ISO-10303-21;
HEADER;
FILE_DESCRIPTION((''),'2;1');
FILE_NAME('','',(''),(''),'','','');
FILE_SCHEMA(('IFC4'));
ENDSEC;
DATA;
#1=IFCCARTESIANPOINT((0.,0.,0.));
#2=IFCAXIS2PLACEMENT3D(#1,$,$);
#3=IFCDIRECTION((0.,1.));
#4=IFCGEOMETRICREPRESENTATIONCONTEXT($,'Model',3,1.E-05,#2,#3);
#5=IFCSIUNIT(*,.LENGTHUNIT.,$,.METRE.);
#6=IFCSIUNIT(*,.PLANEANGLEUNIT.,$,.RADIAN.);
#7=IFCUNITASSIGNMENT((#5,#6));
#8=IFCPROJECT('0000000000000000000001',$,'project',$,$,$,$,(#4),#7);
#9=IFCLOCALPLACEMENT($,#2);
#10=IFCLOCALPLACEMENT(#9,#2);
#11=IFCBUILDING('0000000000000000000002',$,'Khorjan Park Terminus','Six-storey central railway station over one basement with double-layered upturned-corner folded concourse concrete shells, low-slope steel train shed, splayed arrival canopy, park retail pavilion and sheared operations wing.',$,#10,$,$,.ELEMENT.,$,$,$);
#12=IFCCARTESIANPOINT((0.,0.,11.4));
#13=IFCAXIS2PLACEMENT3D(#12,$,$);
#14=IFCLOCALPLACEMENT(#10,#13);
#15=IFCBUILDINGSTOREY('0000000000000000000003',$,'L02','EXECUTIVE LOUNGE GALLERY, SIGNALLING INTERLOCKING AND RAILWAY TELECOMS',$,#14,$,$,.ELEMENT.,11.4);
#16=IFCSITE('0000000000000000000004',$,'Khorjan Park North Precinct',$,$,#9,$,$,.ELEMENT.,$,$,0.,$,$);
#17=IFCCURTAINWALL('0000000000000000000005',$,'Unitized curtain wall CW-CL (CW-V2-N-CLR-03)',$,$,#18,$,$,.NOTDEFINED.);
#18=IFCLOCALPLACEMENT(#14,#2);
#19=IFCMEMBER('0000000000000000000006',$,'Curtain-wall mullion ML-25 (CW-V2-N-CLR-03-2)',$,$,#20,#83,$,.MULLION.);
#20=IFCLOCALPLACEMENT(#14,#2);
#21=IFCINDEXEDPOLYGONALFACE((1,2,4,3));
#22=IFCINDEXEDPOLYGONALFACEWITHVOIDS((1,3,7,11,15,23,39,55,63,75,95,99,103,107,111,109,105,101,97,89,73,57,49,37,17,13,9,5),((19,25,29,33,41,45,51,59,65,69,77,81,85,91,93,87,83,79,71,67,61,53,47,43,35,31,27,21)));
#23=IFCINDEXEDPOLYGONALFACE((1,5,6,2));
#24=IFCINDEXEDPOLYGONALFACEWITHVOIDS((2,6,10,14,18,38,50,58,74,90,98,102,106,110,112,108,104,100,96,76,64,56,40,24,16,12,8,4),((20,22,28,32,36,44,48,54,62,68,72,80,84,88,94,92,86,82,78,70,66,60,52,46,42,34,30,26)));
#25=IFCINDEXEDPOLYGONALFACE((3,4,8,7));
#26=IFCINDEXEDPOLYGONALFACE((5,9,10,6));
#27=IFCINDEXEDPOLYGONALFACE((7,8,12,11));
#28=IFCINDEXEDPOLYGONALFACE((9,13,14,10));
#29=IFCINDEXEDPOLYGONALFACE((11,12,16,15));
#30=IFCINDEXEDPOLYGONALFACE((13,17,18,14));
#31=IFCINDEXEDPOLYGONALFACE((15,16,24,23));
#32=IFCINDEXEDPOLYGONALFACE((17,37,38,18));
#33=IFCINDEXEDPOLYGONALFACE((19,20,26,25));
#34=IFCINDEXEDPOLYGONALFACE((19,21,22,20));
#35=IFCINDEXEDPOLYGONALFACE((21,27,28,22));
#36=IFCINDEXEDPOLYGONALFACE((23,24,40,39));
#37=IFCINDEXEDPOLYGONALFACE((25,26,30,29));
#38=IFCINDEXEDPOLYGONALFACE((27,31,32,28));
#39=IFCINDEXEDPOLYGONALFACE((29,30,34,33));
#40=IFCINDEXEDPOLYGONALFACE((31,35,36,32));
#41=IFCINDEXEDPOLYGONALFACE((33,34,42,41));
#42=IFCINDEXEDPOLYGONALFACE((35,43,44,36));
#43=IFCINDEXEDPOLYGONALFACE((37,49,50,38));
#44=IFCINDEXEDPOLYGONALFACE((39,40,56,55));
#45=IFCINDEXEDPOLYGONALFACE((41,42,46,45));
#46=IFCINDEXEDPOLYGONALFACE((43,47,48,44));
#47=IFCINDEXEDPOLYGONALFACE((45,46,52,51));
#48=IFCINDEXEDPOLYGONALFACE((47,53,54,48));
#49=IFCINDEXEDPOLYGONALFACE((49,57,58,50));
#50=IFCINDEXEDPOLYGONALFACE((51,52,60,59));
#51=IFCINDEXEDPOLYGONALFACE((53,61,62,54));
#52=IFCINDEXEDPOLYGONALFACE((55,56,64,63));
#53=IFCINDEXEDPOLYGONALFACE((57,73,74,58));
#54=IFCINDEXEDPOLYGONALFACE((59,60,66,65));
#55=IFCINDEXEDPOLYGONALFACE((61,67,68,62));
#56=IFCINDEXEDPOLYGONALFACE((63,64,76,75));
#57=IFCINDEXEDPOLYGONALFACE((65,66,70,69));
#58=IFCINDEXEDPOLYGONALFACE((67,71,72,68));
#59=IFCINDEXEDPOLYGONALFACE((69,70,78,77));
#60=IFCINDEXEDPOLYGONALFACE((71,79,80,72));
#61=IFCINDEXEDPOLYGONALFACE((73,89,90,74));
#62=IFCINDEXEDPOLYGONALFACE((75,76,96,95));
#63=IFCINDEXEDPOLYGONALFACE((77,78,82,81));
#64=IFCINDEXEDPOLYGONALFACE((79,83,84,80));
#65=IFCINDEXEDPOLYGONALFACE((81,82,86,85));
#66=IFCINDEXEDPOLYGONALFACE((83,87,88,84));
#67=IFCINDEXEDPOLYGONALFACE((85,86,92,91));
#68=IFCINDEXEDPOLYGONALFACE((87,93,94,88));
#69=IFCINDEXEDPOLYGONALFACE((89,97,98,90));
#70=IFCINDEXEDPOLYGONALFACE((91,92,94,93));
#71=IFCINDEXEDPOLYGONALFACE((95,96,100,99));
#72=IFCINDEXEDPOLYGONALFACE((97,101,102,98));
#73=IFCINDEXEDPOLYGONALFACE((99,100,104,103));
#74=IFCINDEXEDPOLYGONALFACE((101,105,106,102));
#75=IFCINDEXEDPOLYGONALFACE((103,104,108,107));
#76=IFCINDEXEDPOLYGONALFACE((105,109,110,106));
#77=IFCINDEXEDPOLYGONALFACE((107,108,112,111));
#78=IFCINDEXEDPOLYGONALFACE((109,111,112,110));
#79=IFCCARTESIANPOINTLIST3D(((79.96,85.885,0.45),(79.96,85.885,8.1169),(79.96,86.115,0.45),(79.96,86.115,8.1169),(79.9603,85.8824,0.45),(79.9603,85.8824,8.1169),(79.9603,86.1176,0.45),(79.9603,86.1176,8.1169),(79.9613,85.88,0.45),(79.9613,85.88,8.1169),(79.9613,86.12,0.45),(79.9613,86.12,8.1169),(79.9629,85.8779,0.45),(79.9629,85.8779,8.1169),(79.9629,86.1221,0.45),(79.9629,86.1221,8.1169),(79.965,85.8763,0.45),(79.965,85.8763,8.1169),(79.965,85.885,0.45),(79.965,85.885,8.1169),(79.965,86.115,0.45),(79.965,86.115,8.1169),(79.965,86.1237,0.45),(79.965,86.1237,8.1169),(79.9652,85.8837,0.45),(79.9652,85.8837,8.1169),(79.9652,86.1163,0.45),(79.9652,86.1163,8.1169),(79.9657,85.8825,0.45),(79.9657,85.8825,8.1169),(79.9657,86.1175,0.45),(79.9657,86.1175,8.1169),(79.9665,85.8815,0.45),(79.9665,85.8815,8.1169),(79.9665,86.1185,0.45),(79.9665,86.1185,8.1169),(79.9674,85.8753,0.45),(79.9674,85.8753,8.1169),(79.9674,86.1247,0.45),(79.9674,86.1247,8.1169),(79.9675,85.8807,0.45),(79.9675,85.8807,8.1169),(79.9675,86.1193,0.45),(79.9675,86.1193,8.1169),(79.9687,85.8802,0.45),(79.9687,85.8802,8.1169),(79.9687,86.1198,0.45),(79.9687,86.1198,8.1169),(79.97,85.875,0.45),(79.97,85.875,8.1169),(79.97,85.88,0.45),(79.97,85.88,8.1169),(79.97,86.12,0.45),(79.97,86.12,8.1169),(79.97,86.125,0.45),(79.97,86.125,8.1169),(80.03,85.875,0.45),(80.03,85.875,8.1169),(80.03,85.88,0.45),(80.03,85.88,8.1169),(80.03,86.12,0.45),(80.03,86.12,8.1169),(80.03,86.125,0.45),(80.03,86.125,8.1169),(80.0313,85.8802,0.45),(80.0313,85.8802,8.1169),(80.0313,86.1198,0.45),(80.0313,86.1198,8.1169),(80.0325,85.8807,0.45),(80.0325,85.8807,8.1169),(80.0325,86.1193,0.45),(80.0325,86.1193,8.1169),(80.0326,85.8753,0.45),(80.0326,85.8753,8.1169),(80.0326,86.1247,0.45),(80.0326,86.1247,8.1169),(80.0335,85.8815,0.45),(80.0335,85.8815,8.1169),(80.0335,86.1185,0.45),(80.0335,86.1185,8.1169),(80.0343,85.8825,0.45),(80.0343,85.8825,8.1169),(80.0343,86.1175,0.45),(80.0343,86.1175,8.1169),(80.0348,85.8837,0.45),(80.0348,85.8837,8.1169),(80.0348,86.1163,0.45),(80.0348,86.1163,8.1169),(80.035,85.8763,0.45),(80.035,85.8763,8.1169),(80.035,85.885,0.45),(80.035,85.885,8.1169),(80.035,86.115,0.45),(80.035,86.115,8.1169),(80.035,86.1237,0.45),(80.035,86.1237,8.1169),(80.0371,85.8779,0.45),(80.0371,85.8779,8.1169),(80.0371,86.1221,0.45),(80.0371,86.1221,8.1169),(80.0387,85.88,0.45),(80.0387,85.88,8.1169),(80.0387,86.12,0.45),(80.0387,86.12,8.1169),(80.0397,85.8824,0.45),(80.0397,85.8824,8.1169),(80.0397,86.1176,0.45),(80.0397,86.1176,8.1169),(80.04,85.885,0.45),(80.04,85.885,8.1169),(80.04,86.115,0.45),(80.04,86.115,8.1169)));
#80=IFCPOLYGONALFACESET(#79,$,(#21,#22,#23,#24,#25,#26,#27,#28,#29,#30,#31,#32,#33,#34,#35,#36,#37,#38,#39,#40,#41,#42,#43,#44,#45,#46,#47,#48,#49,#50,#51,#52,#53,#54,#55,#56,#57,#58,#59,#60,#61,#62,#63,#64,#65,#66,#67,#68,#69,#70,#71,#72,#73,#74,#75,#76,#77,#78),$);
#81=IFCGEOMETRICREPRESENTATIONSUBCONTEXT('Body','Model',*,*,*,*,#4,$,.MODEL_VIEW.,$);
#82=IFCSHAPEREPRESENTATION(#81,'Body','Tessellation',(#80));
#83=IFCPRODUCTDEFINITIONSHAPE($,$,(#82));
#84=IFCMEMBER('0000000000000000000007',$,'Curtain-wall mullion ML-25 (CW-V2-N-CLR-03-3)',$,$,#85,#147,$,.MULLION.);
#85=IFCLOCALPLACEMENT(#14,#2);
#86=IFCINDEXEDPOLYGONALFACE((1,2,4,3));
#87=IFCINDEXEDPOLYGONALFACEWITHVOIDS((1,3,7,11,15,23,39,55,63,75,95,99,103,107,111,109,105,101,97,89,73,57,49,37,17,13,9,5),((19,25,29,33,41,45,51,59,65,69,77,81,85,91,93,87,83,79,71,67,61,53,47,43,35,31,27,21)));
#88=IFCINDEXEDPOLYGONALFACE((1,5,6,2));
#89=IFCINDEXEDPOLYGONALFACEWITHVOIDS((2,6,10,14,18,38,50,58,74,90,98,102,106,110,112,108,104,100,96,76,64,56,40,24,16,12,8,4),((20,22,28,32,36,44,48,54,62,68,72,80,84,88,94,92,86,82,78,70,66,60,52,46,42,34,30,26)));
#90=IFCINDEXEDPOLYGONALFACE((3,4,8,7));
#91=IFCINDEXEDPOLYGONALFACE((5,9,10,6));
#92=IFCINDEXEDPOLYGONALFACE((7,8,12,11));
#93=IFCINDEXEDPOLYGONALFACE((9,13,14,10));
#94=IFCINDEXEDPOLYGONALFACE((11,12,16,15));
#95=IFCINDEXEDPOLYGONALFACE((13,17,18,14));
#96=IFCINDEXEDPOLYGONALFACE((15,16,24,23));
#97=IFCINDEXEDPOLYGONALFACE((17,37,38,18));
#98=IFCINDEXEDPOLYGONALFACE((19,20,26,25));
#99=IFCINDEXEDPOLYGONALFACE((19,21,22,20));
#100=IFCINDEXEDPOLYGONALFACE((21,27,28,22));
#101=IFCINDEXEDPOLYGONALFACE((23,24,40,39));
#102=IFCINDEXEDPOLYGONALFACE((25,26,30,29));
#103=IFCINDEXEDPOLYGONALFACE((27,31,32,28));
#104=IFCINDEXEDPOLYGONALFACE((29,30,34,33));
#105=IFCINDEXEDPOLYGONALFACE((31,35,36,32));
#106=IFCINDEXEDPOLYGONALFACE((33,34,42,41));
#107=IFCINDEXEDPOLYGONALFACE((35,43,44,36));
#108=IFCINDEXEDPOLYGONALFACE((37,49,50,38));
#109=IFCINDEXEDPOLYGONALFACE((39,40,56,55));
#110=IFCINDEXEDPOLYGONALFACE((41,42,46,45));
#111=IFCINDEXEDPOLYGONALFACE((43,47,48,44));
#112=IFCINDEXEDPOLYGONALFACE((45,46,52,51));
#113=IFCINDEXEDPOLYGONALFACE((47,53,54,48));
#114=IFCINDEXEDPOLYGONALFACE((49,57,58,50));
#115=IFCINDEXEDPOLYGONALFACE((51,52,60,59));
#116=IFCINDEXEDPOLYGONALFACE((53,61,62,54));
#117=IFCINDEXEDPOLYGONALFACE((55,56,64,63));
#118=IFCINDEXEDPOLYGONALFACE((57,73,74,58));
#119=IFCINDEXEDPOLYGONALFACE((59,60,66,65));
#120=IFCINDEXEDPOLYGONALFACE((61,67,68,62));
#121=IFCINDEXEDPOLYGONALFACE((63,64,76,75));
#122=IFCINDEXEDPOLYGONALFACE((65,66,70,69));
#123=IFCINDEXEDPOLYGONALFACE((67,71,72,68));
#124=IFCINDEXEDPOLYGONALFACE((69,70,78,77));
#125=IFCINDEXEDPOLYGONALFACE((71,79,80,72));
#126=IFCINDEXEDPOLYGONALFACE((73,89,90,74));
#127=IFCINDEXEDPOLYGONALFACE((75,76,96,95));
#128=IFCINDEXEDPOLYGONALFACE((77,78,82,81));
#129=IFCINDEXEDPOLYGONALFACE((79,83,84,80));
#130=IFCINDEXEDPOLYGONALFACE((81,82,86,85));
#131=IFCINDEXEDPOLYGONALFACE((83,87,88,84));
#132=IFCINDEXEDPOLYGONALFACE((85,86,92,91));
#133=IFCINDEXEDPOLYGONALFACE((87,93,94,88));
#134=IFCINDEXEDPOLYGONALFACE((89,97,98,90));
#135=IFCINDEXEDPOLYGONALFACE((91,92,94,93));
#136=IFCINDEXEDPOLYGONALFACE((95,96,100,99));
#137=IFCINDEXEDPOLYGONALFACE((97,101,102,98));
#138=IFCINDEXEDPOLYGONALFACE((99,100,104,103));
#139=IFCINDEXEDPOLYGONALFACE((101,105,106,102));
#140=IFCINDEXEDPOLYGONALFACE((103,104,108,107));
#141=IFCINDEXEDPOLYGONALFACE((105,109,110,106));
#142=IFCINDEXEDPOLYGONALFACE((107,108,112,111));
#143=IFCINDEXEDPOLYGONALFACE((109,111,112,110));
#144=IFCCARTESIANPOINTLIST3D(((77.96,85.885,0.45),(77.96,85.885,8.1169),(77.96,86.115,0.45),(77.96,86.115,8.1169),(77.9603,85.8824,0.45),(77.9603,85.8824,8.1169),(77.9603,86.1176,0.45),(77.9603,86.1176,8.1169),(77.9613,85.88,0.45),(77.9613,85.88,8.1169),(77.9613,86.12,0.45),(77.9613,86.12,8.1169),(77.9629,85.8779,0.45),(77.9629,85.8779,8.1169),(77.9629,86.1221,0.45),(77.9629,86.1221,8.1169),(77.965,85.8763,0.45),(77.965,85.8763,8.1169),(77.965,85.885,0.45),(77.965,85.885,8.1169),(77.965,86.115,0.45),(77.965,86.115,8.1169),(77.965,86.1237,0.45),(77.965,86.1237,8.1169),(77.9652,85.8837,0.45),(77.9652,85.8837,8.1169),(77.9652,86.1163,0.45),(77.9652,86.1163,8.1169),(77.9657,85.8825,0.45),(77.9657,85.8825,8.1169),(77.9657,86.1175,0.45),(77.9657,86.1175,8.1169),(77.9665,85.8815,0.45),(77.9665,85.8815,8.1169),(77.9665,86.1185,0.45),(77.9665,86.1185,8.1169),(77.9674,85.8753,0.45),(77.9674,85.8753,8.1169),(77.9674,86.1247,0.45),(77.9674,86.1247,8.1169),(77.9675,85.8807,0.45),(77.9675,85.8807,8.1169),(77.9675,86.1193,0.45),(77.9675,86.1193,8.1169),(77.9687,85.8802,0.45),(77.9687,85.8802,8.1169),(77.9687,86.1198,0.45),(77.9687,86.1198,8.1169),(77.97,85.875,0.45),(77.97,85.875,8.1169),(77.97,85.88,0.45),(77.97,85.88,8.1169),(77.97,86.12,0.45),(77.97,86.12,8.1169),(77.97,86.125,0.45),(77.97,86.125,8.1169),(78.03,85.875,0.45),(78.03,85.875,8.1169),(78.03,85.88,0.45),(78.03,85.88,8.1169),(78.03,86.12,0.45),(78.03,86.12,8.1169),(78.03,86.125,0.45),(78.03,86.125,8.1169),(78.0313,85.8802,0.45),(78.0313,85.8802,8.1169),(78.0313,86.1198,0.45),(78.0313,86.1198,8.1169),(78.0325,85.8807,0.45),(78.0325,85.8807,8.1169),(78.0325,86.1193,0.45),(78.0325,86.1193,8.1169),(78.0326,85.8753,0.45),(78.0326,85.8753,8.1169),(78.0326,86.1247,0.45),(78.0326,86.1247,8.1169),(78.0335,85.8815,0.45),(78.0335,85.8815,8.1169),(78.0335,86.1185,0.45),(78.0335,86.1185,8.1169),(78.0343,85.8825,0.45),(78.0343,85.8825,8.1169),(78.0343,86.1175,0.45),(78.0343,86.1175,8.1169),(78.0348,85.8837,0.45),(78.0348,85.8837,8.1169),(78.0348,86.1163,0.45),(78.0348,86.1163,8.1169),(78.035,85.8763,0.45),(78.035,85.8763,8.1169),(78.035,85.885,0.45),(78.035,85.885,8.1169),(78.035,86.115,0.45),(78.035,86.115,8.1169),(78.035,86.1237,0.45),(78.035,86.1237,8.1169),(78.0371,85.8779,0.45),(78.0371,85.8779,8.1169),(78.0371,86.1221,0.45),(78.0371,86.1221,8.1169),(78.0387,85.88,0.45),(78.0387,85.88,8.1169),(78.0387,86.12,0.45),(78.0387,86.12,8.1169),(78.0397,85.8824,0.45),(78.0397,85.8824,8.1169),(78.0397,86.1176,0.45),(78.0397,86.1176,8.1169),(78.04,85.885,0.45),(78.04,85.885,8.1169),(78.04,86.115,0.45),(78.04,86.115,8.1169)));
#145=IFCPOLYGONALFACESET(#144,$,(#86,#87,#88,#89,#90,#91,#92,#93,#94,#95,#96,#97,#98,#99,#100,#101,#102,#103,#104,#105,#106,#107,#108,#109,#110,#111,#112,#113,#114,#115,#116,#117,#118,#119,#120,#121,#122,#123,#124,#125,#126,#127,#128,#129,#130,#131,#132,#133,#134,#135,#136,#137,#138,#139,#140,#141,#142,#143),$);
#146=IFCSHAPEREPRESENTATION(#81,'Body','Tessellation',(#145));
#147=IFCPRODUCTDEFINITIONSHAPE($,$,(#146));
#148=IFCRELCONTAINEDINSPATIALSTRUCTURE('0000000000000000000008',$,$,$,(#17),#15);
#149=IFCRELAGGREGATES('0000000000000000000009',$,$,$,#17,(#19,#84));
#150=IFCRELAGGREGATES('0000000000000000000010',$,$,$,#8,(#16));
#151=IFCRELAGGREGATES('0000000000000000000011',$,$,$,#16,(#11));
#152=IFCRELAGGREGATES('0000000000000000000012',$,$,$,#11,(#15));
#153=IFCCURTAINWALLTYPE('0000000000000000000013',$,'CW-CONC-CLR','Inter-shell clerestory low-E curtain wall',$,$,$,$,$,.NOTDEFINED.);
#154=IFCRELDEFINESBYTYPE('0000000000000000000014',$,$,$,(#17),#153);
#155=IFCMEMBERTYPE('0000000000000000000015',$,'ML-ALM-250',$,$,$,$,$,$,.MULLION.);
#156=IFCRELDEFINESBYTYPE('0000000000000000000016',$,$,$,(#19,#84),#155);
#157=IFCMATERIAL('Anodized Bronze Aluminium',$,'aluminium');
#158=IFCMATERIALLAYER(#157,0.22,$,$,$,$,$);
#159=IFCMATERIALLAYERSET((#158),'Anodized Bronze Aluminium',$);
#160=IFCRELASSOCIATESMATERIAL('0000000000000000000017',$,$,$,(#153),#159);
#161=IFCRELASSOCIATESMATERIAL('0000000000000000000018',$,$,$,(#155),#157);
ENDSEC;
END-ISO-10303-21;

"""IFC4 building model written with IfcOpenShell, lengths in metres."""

from ifc_helpers import new_model, si_unit, direction, frame, origin, origin_2d, place, context, subcontext, project, spatial, hollow_rectangle, extrude, material, layer, layer_set, material_profile, profile_set, type_object, element, aggregate, save


model = new_model("IFC4")

# Units and contexts
model_context = context("Model", 3, precision=1e-05, world=origin(), true_north=direction((0.0, 1.0)))
body_context = subcontext(model_context, "Body", "Model", "MODEL_VIEW")
ifc_project = project(units=[si_unit("LENGTHUNIT", "METRE"), si_unit("PLANEANGLEUNIT", "RADIAN")], contexts=[model_context])

# Site, building, storey
site_placement = place(None, origin())
site = spatial("IfcSite", under=ifc_project, at=site_placement, Name="Khorjan Park North Precinct", CompositionType="ELEMENT", RefElevation=0.0)
building_placement = place(site_placement, origin())
building = spatial("IfcBuilding", under=site, at=building_placement, Name="Khorjan Park Terminus", Description="Six-storey central railway station over one basement with double-layered upturned-corner folded concourse concrete shells, low-slope steel train shed, splayed arrival canopy, park retail pavilion and sheared operations wing.", CompositionType="ELEMENT")
storey_placement = place(building_placement, frame((0.0, 0.0, 11.4)))
storey = spatial("IfcBuildingStorey", under=building, at=storey_placement, Name="L02", Description="EXECUTIVE LOUNGE GALLERY, SIGNALLING INTERLOCKING AND RAILWAY TELECOMS", CompositionType="ELEMENT", Elevation=11.4)

# Curtain wall, members
ifc_material_1 = material(Name="Anodized Bronze Aluminium", Category="aluminium")
ifc_layer_1 = layer(ifc_material_1, 0.22)
ifc_layer_set_1 = layer_set([ifc_layer_1], Name="Anodized Bronze Aluminium")
curtain_wall_type = type_object("IfcCurtainWallType", Name="CW-CONC-CLR", Description="Inter-shell clerestory low-E curtain wall", PredefinedType="NOTDEFINED", material=ifc_layer_set_1)
ifc_material_profile_1 = material_profile(ifc_material_1, hollow_rectangle(XDim=0.08, YDim=0.25, WallThickness=0.005, InnerFilletRadius=0.005, OuterFilletRadius=0.01, at=origin_2d()), Name="ALM 80x250x5")
ifc_profile_set_1 = profile_set([ifc_material_profile_1], Name="Anodized Bronze Aluminium")
member_type_1 = type_object("IfcMemberType", Name="ML-ALM-250", PredefinedType="MULLION", material=ifc_profile_set_1)
curtain_wall_1_placement = place(storey_placement, origin())
curtain_wall_1 = element("IfcCurtainWall", 1, at=curtain_wall_1_placement, inside=storey, type_object=curtain_wall_type, Name="Unitized curtain wall CW-CL (CW-V2-N-CLR-03)", PredefinedType="NOTDEFINED")
member_1_placement = place(storey_placement, frame((80.0, 86.0, 0.45), z_axis=(0.0, 0.0, 1.0), x_axis=(-1.0, 0.0, 0.0)))
member_1 = element("IfcMember", 2, at=member_1_placement, type_object=member_type_1, Name="Curtain-wall mullion ML-25 (CW-V2-N-CLR-03-2)", PredefinedType="MULLION", context=body_context, shape_type="SweptSolid", body=[
    extrude(hollow_rectangle(XDim=0.08, YDim=0.25, WallThickness=0.005, InnerFilletRadius=0.005, OuterFilletRadius=0.01, at=origin_2d()), origin(), (0.0, 0.0, 1.0), 7.6669),
])
member_2_placement = place(storey_placement, frame((78.0, 86.0, 0.45), z_axis=(0.0, 0.0, 1.0), x_axis=(-1.0, 0.0, 0.0)))
member_2 = element("IfcMember", 3, at=member_2_placement, type_object=member_type_1, Name="Curtain-wall mullion ML-25 (CW-V2-N-CLR-03-3)", PredefinedType="MULLION", context=body_context, shape_type="SweptSolid", body=[
    extrude(hollow_rectangle(XDim=0.08, YDim=0.25, WallThickness=0.005, InnerFilletRadius=0.005, OuterFilletRadius=0.01, at=origin_2d()), origin(), (0.0, 0.0, 1.0), 7.6669),
])

aggregate(curtain_wall_1, [member_1, member_2])

save(model, "model.ifc")
